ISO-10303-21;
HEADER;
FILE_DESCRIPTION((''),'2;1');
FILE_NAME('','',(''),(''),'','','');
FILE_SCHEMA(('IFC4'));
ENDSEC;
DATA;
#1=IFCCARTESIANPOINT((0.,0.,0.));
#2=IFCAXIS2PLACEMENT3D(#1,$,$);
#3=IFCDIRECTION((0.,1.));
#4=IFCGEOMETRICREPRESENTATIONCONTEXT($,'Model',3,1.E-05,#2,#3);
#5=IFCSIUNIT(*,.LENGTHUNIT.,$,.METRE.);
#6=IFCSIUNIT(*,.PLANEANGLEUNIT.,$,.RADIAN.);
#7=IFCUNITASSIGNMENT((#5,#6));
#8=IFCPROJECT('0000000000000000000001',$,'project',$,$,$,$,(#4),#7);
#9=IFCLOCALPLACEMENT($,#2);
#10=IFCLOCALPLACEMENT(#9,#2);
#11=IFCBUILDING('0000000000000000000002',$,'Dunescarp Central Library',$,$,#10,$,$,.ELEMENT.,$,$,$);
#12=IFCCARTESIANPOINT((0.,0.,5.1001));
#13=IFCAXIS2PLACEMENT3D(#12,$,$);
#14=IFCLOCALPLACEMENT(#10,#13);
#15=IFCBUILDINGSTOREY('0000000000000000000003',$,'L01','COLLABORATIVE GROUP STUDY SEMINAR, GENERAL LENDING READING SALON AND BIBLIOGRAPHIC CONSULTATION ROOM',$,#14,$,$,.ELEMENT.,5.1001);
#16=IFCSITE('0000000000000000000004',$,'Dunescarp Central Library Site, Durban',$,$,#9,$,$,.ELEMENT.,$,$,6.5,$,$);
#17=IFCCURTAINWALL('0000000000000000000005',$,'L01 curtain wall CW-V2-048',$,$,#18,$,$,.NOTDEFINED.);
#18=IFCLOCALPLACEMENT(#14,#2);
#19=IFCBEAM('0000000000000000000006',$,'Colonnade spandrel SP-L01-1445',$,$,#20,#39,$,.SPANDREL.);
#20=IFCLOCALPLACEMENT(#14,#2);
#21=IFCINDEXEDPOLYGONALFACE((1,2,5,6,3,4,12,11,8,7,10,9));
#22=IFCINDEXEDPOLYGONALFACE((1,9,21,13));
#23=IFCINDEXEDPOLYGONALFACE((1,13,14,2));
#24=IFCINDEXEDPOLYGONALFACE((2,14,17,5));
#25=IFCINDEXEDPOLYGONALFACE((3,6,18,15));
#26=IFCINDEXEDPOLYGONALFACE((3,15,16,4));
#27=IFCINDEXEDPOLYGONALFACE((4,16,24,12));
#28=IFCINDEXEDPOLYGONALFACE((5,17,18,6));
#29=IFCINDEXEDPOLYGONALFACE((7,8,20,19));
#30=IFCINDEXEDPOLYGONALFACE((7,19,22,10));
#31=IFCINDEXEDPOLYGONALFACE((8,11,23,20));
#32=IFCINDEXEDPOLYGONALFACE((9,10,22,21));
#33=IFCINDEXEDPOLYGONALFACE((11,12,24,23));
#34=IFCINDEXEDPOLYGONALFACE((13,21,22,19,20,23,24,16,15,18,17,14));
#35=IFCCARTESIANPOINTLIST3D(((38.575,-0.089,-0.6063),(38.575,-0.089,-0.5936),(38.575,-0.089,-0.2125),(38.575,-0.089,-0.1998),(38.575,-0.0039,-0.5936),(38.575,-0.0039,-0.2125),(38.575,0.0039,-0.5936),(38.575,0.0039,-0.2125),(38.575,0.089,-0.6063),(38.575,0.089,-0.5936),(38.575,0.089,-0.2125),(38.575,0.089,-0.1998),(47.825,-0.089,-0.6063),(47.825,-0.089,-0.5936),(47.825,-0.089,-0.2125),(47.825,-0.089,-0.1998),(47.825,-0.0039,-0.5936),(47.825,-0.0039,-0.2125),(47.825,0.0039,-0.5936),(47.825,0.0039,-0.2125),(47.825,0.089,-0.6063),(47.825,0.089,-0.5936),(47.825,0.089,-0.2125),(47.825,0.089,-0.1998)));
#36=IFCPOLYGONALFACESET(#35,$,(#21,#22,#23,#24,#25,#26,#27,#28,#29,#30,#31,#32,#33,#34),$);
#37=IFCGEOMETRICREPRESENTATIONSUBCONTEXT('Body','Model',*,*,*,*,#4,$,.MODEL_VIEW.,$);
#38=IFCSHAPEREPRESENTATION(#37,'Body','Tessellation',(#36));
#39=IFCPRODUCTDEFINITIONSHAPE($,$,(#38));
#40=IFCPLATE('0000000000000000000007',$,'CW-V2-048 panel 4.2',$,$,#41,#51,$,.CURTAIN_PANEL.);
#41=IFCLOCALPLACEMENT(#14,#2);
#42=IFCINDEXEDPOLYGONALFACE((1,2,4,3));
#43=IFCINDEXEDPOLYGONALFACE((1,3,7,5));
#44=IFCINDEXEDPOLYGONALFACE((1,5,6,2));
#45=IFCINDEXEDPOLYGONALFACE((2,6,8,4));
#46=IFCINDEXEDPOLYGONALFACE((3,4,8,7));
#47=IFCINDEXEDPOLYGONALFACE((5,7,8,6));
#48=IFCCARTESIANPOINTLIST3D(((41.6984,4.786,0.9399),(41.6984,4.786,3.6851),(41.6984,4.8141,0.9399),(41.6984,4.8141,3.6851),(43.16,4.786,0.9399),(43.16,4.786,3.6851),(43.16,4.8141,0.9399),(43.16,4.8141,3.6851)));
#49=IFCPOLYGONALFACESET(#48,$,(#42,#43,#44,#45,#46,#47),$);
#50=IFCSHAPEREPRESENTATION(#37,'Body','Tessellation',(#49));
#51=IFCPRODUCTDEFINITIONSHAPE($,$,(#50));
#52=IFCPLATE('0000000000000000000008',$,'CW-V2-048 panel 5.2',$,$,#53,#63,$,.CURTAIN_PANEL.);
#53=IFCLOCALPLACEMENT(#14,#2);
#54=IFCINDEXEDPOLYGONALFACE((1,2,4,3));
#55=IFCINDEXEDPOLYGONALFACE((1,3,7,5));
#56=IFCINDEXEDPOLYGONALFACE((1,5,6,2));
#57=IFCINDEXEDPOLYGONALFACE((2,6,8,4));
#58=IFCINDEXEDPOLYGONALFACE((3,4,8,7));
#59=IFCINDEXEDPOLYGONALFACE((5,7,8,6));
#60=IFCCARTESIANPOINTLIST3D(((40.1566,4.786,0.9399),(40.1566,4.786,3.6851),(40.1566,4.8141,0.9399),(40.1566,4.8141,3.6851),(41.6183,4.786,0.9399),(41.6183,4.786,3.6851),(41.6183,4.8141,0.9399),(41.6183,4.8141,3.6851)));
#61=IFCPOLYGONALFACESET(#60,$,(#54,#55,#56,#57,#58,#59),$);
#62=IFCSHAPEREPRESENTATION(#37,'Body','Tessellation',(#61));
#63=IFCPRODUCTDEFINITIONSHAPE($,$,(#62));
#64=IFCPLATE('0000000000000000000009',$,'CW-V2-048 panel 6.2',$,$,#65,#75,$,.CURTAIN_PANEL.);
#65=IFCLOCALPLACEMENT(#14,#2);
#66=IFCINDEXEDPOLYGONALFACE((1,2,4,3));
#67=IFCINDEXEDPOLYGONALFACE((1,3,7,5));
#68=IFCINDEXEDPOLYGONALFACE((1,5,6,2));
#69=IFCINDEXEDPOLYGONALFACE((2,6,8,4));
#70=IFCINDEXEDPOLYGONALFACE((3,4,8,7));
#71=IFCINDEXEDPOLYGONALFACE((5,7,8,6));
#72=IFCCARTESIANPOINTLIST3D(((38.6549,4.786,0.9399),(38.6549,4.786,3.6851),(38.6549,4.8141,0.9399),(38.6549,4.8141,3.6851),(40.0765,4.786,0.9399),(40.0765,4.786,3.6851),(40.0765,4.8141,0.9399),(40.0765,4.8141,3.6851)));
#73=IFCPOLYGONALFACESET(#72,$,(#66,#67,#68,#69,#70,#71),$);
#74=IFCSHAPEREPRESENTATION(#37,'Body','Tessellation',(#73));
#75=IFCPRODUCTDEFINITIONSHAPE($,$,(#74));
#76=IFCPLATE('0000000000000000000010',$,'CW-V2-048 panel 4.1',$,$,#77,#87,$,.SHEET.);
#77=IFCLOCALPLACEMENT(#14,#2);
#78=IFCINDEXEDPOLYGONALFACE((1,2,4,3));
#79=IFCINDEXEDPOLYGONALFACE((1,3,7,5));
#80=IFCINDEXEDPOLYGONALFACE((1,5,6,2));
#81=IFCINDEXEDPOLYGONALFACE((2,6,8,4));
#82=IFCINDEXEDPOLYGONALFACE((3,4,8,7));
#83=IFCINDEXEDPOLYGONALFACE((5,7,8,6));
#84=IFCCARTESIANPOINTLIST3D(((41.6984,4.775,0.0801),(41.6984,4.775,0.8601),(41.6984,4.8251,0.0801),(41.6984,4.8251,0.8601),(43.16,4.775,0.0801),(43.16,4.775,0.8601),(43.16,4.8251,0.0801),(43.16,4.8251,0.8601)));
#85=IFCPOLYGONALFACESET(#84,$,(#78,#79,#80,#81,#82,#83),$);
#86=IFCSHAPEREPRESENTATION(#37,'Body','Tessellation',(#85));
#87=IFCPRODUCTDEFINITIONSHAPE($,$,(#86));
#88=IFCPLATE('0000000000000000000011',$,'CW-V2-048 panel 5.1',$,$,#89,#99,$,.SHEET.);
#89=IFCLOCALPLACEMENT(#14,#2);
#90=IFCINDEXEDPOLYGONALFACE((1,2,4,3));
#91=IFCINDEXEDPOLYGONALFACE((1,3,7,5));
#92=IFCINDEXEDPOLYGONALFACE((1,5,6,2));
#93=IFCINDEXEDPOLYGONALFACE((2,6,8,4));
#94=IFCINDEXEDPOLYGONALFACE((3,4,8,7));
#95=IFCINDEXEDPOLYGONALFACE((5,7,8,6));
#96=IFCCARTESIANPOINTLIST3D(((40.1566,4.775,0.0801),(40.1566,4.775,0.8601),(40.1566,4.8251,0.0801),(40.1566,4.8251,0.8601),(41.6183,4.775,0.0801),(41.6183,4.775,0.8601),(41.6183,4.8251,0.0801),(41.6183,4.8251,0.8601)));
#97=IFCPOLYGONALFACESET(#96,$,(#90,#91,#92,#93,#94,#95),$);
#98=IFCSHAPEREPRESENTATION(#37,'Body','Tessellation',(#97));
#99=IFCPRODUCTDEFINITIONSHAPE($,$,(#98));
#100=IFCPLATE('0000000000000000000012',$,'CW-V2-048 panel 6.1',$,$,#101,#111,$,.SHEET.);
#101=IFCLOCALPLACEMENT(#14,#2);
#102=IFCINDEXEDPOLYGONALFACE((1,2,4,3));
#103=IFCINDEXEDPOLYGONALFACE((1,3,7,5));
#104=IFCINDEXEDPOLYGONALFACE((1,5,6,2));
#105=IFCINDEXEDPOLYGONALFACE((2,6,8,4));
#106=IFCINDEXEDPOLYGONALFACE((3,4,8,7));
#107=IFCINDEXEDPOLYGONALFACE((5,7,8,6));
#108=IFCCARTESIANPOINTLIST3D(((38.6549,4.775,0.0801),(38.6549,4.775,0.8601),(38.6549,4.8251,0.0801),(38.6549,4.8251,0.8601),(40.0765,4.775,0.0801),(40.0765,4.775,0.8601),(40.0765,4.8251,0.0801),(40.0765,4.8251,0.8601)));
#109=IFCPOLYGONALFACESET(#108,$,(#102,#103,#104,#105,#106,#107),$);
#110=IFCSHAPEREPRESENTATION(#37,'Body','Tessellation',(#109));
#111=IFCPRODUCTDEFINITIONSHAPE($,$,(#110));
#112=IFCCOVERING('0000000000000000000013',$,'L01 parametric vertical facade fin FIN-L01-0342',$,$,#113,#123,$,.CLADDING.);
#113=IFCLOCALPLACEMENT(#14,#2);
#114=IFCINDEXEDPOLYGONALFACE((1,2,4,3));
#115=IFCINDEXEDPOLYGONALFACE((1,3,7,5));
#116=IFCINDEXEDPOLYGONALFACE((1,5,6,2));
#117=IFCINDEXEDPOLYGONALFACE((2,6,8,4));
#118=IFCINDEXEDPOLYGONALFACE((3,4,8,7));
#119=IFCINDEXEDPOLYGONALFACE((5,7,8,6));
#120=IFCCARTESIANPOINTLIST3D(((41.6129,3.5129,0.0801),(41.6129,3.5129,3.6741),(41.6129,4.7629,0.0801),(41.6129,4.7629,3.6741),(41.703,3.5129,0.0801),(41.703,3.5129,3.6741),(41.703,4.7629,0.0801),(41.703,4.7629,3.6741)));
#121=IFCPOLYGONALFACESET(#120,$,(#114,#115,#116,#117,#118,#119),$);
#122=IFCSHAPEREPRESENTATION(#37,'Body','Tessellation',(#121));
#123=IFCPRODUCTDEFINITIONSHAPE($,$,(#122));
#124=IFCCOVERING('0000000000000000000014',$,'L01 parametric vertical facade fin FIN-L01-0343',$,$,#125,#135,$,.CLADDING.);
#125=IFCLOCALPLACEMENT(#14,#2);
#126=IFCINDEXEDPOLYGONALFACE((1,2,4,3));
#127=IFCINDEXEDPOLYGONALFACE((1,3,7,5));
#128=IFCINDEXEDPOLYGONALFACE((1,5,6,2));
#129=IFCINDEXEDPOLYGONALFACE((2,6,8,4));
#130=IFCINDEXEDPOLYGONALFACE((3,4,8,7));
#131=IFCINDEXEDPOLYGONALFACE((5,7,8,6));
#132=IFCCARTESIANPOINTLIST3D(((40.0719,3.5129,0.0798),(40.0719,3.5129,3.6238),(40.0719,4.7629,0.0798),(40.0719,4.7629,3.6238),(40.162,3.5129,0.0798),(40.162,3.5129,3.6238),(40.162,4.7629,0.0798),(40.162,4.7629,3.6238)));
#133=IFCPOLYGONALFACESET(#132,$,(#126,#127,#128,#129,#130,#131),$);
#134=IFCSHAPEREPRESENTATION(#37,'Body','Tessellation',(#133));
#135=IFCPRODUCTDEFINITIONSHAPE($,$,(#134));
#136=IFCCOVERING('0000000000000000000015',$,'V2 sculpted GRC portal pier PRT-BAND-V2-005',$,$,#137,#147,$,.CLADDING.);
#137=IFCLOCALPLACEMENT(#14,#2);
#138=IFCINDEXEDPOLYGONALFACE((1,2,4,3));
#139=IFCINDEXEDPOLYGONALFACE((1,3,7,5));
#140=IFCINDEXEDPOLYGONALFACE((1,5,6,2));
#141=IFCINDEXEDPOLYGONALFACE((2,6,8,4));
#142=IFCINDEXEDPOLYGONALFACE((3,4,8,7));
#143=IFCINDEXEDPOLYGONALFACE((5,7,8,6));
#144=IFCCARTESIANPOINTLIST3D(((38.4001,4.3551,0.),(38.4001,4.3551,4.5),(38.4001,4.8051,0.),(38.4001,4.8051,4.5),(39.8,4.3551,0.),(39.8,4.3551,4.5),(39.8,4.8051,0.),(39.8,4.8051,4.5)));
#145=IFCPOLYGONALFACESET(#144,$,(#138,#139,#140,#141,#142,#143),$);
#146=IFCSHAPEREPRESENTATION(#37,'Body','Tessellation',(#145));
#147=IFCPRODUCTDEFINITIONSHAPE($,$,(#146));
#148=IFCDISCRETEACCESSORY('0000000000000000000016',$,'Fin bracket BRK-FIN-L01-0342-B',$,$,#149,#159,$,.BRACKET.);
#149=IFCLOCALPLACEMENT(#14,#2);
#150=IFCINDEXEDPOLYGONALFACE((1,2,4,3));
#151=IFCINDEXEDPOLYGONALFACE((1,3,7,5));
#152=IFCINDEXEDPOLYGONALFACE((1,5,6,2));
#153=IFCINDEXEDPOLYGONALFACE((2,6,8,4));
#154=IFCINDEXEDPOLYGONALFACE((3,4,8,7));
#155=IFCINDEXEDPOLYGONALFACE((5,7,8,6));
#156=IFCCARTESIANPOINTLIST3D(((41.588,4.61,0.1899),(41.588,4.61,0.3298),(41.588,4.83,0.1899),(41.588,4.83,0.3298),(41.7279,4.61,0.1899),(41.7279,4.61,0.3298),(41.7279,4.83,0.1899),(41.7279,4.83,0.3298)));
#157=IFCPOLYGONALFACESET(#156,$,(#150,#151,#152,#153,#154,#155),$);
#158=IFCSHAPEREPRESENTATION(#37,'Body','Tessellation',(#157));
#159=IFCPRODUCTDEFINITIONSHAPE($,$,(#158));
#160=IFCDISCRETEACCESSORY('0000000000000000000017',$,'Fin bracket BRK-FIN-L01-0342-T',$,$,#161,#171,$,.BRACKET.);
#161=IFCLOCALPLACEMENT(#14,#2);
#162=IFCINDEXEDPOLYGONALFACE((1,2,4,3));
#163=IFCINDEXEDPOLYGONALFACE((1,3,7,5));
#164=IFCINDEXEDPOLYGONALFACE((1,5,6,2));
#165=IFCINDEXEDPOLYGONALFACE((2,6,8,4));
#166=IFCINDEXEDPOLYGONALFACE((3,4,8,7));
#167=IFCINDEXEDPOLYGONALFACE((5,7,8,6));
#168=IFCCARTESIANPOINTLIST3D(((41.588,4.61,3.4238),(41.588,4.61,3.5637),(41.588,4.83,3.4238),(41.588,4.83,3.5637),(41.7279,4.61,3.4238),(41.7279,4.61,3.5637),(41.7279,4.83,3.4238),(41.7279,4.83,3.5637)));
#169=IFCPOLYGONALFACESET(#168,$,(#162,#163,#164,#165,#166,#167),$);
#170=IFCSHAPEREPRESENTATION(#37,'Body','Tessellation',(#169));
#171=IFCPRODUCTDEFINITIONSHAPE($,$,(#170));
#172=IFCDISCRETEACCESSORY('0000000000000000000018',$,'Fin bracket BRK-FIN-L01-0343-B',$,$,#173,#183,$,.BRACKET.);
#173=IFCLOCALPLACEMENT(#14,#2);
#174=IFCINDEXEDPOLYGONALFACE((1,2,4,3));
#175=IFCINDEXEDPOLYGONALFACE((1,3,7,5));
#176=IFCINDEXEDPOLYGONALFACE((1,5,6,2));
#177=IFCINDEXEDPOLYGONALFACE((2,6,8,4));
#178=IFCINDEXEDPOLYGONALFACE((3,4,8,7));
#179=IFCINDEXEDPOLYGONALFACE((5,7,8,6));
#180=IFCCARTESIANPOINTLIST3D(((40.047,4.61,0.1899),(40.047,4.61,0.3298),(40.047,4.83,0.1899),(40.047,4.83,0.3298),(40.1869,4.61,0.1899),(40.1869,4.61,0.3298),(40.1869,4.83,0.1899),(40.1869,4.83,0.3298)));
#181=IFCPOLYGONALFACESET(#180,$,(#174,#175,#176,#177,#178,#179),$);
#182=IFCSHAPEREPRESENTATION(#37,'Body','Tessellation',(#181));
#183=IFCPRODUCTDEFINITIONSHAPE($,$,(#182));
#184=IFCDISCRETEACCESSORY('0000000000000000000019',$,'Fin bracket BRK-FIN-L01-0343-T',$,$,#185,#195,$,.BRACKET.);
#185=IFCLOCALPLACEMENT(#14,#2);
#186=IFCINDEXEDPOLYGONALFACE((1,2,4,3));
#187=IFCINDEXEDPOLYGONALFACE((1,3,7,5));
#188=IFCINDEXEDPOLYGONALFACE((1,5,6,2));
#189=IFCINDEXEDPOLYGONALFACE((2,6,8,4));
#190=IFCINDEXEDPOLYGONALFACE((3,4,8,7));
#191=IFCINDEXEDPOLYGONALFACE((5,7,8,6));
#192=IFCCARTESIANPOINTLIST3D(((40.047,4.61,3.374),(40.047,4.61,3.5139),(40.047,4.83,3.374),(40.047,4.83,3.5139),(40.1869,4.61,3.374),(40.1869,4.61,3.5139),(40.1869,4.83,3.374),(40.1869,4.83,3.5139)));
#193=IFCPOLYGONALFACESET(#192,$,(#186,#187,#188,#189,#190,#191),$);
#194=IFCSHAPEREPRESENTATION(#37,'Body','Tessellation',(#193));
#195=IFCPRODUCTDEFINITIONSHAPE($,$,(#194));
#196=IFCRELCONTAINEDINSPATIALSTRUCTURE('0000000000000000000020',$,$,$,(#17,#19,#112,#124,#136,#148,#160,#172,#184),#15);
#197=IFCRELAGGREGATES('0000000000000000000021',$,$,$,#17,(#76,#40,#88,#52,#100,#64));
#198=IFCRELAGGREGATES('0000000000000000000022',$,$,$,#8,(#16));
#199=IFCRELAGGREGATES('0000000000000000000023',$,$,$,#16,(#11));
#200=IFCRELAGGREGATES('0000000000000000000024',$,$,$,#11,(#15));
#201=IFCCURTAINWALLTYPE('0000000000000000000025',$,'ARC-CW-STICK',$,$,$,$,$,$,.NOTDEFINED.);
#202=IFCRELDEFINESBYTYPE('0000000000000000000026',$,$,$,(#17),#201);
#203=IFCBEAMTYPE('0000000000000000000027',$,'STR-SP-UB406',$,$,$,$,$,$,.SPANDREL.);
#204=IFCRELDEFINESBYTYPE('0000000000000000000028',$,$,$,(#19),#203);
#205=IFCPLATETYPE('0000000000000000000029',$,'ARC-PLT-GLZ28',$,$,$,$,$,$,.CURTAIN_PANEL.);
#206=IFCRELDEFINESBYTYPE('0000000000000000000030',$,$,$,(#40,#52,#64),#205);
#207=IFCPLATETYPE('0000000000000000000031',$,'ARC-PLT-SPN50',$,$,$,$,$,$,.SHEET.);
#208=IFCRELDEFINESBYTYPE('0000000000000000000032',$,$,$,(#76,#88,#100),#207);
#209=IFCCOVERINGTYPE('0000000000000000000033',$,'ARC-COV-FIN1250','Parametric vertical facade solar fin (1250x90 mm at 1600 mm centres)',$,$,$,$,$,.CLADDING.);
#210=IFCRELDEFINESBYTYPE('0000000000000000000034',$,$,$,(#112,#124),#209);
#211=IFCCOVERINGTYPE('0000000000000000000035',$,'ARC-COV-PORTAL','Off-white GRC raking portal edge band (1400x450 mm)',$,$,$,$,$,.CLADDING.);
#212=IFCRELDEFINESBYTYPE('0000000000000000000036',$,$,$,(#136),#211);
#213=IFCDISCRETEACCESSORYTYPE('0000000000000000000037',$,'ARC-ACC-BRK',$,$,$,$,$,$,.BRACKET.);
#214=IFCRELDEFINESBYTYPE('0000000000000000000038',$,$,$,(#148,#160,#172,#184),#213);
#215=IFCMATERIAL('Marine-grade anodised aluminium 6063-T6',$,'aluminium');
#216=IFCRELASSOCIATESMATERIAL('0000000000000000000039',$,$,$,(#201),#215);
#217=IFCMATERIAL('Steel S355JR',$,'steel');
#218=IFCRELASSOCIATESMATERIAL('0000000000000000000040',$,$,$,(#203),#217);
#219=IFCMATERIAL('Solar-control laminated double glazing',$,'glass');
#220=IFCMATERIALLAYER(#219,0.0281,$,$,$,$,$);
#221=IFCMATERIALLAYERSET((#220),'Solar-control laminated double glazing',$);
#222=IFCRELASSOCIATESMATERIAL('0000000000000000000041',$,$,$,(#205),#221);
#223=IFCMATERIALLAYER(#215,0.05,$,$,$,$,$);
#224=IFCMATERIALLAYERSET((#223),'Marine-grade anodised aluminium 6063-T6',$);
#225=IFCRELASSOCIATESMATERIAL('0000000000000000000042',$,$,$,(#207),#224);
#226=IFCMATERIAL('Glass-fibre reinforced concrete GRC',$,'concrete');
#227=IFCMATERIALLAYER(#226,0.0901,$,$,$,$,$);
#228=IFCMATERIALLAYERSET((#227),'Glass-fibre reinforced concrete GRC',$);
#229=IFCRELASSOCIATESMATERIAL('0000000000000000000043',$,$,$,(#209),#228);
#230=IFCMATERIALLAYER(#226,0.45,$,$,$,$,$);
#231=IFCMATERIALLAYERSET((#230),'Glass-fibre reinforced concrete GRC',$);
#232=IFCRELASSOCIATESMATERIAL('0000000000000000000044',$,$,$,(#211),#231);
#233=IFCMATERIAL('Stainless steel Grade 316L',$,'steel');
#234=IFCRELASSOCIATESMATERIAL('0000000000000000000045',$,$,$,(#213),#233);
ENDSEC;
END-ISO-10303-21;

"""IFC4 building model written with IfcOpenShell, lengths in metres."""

from ifc_helpers import new_model, si_unit, direction, frame, origin, origin_2d, place, context, subcontext, project, spatial, rectangle, i_section, extrude, material, layer, layer_set, material_profile, profile_set, type_object, element, aggregate, save


model = new_model("IFC4")

# Units and contexts
model_context = context("Model", 3, precision=1e-05, world=origin(), true_north=direction((0.0, 1.0)))
body_context = subcontext(model_context, "Body", "Model", "MODEL_VIEW")
ifc_project = project(units=[si_unit("LENGTHUNIT", "METRE"), si_unit("PLANEANGLEUNIT", "RADIAN")], contexts=[model_context])

# Site, building, storey
site_placement = place(None, origin())
site = spatial("IfcSite", under=ifc_project, at=site_placement, Name="Dunescarp Central Library Site, Durban", CompositionType="ELEMENT", RefElevation=6.5)
building_placement = place(site_placement, origin())
building = spatial("IfcBuilding", under=site, at=building_placement, Name="Dunescarp Central Library", CompositionType="ELEMENT")
storey_placement = place(building_placement, frame((0.0, 0.0, 5.1001)))
storey = spatial("IfcBuildingStorey", under=building, at=storey_placement, Name="L01", Description="COLLABORATIVE GROUP STUDY SEMINAR, GENERAL LENDING READING SALON AND BIBLIOGRAPHIC CONSULTATION ROOM", CompositionType="ELEMENT", Elevation=5.1001)

# Curtain wall
ifc_material_1 = material(Name="Marine-grade anodised aluminium 6063-T6", Category="aluminium")
curtain_wall_type = type_object("IfcCurtainWallType", Name="ARC-CW-STICK", PredefinedType="NOTDEFINED", material=ifc_material_1)
curtain_wall_placement = place(storey_placement, origin())
curtain_wall = element("IfcCurtainWall", 1, at=curtain_wall_placement, inside=storey, type_object=curtain_wall_type, Name="L01 curtain wall CW-V2-048", PredefinedType="NOTDEFINED")

# Beam
ifc_material_2 = material(Name="Steel S355JR", Category="steel")
ifc_material_profile_1 = material_profile(ifc_material_2, i_section(OverallWidth=0.178, OverallDepth=0.4065, WebThickness=0.0078, FlangeThickness=0.0127, at=origin_2d()), Name="UB 406x178x60")
ifc_profile_set_1 = profile_set([ifc_material_profile_1], Name="Steel S355JR")
beam_type_1 = type_object("IfcBeamType", Name="STR-SP-UB406", PredefinedType="SPANDREL", material=ifc_profile_set_1)
beam_1_placement = place(storey_placement, frame((38.575, 0.0, -0.4031), z_axis=(1.0, 0.0, 0.0), x_axis=(0.0, 1.0, 0.0)))
element("IfcBeam", 2, at=beam_1_placement, inside=storey, type_object=beam_type_1, Name="Colonnade spandrel SP-L01-1445", PredefinedType="SPANDREL", context=body_context, shape_type="SweptSolid", body=[
    extrude(i_section(OverallWidth=0.178, OverallDepth=0.4065, WebThickness=0.0078, FlangeThickness=0.0127, at=origin_2d()), origin(), (0.0, 0.0, 1.0), 9.25),
])

# Plates
ifc_material_3 = material(Name="Solar-control laminated double glazing", Category="glass")
ifc_layer_1 = layer(ifc_material_3, 0.0281)
ifc_layer_set_1 = layer_set([ifc_layer_1], Name="Solar-control laminated double glazing")
plate_type_1 = type_object("IfcPlateType", Name="ARC-PLT-GLZ28", PredefinedType="CURTAIN_PANEL", material=ifc_layer_set_1)
plate_1_placement = place(storey_placement, frame((42.4292, 4.8, 0.9399), z_axis=(0.0, 0.0, 1.0), x_axis=(-1.0, 0.0, 0.0)))
plate_1 = element("IfcPlate", 3, at=plate_1_placement, type_object=plate_type_1, Name="CW-V2-048 panel 4.2", PredefinedType="CURTAIN_PANEL", context=body_context, shape_type="SweptSolid", body=[
    extrude(rectangle(XDim=1.4617, YDim=0.0281, at=origin_2d()), origin(), (0.0, 0.0, 1.0), 2.7451),
])
plate_2_placement = place(storey_placement, frame((40.8875, 4.8, 0.9399), z_axis=(0.0, 0.0, 1.0), x_axis=(-1.0, 0.0, 0.0)))
plate_2 = element("IfcPlate", 4, at=plate_2_placement, type_object=plate_type_1, Name="CW-V2-048 panel 5.2", PredefinedType="CURTAIN_PANEL", context=body_context, shape_type="SweptSolid", body=[
    extrude(rectangle(XDim=1.4617, YDim=0.0281, at=origin_2d()), origin(), (0.0, 0.0, 1.0), 2.7451),
])
plate_3_placement = place(storey_placement, frame((39.3657, 4.8, 0.9399), z_axis=(0.0, 0.0, 1.0), x_axis=(-1.0, 0.0, 0.0)))
plate_3 = element("IfcPlate", 5, at=plate_3_placement, type_object=plate_type_1, Name="CW-V2-048 panel 6.2", PredefinedType="CURTAIN_PANEL", context=body_context, shape_type="SweptSolid", body=[
    extrude(rectangle(XDim=1.4216, YDim=0.0281, at=origin_2d()), origin(), (0.0, 0.0, 1.0), 2.7451),
])
ifc_layer_2 = layer(ifc_material_1, 0.05)
ifc_layer_set_2 = layer_set([ifc_layer_2], Name="Marine-grade anodised aluminium 6063-T6")
plate_type_2 = type_object("IfcPlateType", Name="ARC-PLT-SPN50", PredefinedType="SHEET", material=ifc_layer_set_2)
plate_4_placement = place(storey_placement, frame((42.4292, 4.8, 0.0801), z_axis=(0.0, 0.0, 1.0), x_axis=(-1.0, 0.0, 0.0)))
plate_4 = element("IfcPlate", 6, at=plate_4_placement, type_object=plate_type_2, Name="CW-V2-048 panel 4.1", PredefinedType="SHEET", context=body_context, shape_type="SweptSolid", body=[
    extrude(rectangle(XDim=1.4617, YDim=0.05, at=origin_2d()), origin(), (0.0, 0.0, 1.0), 0.78),
])
plate_5_placement = place(storey_placement, frame((40.8875, 4.8, 0.0801), z_axis=(0.0, 0.0, 1.0), x_axis=(-1.0, 0.0, 0.0)))
plate_5 = element("IfcPlate", 7, at=plate_5_placement, type_object=plate_type_2, Name="CW-V2-048 panel 5.1", PredefinedType="SHEET", context=body_context, shape_type="SweptSolid", body=[
    extrude(rectangle(XDim=1.4617, YDim=0.05, at=origin_2d()), origin(), (0.0, 0.0, 1.0), 0.78),
])
plate_6_placement = place(storey_placement, frame((39.3657, 4.8, 0.0801), z_axis=(0.0, 0.0, 1.0), x_axis=(-1.0, 0.0, 0.0)))
plate_6 = element("IfcPlate", 8, at=plate_6_placement, type_object=plate_type_2, Name="CW-V2-048 panel 6.1", PredefinedType="SHEET", context=body_context, shape_type="SweptSolid", body=[
    extrude(rectangle(XDim=1.4216, YDim=0.05, at=origin_2d()), origin(), (0.0, 0.0, 1.0), 0.78),
])
aggregate(curtain_wall, [plate_4, plate_1, plate_5, plate_2, plate_6, plate_3])

# Coverings
ifc_material_4 = material(Name="Glass-fibre reinforced concrete GRC", Category="concrete")
ifc_layer_3 = layer(ifc_material_4, 0.0901)
ifc_layer_set_3 = layer_set([ifc_layer_3], Name="Glass-fibre reinforced concrete GRC")
covering_type_1 = type_object("IfcCoveringType", Name="ARC-COV-FIN1250", Description="Parametric vertical facade solar fin (1250x90 mm at 1600 mm centres)", PredefinedType="CLADDING", material=ifc_layer_set_3)
covering_1_placement = place(storey_placement, frame((41.658, 4.1379, 0.0801), z_axis=(0.0, 0.0, 1.0), x_axis=(0.0, -1.0, 0.0)))
element("IfcCovering", 9, at=covering_1_placement, inside=storey, type_object=covering_type_1, Name="L01 parametric vertical facade fin FIN-L01-0342", PredefinedType="CLADDING", context=body_context, shape_type="SweptSolid", body=[
    extrude(rectangle(XDim=1.25, YDim=0.0901, at=origin_2d()), origin(), (0.0, 0.0, 1.0), 3.594),
])
covering_2_placement = place(storey_placement, frame((40.1169, 4.1379, 0.0798), z_axis=(0.0, 0.0, 1.0), x_axis=(0.0, -1.0, 0.0)))
element("IfcCovering", 10, at=covering_2_placement, inside=storey, type_object=covering_type_1, Name="L01 parametric vertical facade fin FIN-L01-0343", PredefinedType="CLADDING", context=body_context, shape_type="SweptSolid", body=[
    extrude(rectangle(XDim=1.25, YDim=0.0901, at=origin_2d()), origin(), (0.0, 0.0, 1.0), 3.5439),
])
ifc_layer_4 = layer(ifc_material_4, 0.45)
ifc_layer_set_4 = layer_set([ifc_layer_4], Name="Glass-fibre reinforced concrete GRC")
covering_type_2 = type_object("IfcCoveringType", Name="ARC-COV-PORTAL", Description="Off-white GRC raking portal edge band (1400x450 mm)", PredefinedType="CLADDING", material=ifc_layer_set_4)
covering_3_placement = place(storey_placement, frame((39.1001, 4.5801, 0.0), z_axis=(0.0, 0.0, 1.0), x_axis=(1.0, 0.0, 0.0)))
element("IfcCovering", 11, at=covering_3_placement, inside=storey, type_object=covering_type_2, Name="V2 sculpted GRC portal pier PRT-BAND-V2-005", PredefinedType="CLADDING", context=body_context, shape_type="SweptSolid", body=[
    extrude(rectangle(XDim=1.3999, YDim=0.45, at=origin_2d()), origin(), (0.0, 0.0, 1.0), 4.5),
])

# Discrete accessories
ifc_material_5 = material(Name="Stainless steel Grade 316L", Category="steel")
discrete_accessory_type = type_object("IfcDiscreteAccessoryType", Name="ARC-ACC-BRK", PredefinedType="BRACKET", material=ifc_material_5)
for number, where, z_axis, x_axis, name in (
    (12, (41.658, 4.72, 0.1899), (0.0, 0.0, 1.0), (0.0, -1.0, 0.0), "Fin bracket BRK-FIN-L01-0342-B"),
    (13, (41.658, 4.72, 3.4238), (0.0, 0.0, 1.0), (0.0, -1.0, 0.0), "Fin bracket BRK-FIN-L01-0342-T"),
    (14, (40.1169, 4.72, 0.1899), (0.0, 0.0, 1.0), (0.0, -1.0, 0.0), "Fin bracket BRK-FIN-L01-0343-B"),
    (15, (40.1169, 4.72, 3.374), (0.0, 0.0, 1.0), (0.0, -1.0, 0.0), "Fin bracket BRK-FIN-L01-0343-T"),
):
    element("IfcDiscreteAccessory", number, at=place(storey_placement, frame(where, z_axis=z_axis, x_axis=x_axis)), inside=storey, type_object=discrete_accessory_type, Name=name, PredefinedType="BRACKET", context=body_context, shape_type="SweptSolid", body=[
        extrude(rectangle(XDim=0.22, YDim=0.1399, at=origin_2d()), origin(), (0.0, 0.0, 1.0), 0.1399),
    ])

save(model, "model.ifc")
